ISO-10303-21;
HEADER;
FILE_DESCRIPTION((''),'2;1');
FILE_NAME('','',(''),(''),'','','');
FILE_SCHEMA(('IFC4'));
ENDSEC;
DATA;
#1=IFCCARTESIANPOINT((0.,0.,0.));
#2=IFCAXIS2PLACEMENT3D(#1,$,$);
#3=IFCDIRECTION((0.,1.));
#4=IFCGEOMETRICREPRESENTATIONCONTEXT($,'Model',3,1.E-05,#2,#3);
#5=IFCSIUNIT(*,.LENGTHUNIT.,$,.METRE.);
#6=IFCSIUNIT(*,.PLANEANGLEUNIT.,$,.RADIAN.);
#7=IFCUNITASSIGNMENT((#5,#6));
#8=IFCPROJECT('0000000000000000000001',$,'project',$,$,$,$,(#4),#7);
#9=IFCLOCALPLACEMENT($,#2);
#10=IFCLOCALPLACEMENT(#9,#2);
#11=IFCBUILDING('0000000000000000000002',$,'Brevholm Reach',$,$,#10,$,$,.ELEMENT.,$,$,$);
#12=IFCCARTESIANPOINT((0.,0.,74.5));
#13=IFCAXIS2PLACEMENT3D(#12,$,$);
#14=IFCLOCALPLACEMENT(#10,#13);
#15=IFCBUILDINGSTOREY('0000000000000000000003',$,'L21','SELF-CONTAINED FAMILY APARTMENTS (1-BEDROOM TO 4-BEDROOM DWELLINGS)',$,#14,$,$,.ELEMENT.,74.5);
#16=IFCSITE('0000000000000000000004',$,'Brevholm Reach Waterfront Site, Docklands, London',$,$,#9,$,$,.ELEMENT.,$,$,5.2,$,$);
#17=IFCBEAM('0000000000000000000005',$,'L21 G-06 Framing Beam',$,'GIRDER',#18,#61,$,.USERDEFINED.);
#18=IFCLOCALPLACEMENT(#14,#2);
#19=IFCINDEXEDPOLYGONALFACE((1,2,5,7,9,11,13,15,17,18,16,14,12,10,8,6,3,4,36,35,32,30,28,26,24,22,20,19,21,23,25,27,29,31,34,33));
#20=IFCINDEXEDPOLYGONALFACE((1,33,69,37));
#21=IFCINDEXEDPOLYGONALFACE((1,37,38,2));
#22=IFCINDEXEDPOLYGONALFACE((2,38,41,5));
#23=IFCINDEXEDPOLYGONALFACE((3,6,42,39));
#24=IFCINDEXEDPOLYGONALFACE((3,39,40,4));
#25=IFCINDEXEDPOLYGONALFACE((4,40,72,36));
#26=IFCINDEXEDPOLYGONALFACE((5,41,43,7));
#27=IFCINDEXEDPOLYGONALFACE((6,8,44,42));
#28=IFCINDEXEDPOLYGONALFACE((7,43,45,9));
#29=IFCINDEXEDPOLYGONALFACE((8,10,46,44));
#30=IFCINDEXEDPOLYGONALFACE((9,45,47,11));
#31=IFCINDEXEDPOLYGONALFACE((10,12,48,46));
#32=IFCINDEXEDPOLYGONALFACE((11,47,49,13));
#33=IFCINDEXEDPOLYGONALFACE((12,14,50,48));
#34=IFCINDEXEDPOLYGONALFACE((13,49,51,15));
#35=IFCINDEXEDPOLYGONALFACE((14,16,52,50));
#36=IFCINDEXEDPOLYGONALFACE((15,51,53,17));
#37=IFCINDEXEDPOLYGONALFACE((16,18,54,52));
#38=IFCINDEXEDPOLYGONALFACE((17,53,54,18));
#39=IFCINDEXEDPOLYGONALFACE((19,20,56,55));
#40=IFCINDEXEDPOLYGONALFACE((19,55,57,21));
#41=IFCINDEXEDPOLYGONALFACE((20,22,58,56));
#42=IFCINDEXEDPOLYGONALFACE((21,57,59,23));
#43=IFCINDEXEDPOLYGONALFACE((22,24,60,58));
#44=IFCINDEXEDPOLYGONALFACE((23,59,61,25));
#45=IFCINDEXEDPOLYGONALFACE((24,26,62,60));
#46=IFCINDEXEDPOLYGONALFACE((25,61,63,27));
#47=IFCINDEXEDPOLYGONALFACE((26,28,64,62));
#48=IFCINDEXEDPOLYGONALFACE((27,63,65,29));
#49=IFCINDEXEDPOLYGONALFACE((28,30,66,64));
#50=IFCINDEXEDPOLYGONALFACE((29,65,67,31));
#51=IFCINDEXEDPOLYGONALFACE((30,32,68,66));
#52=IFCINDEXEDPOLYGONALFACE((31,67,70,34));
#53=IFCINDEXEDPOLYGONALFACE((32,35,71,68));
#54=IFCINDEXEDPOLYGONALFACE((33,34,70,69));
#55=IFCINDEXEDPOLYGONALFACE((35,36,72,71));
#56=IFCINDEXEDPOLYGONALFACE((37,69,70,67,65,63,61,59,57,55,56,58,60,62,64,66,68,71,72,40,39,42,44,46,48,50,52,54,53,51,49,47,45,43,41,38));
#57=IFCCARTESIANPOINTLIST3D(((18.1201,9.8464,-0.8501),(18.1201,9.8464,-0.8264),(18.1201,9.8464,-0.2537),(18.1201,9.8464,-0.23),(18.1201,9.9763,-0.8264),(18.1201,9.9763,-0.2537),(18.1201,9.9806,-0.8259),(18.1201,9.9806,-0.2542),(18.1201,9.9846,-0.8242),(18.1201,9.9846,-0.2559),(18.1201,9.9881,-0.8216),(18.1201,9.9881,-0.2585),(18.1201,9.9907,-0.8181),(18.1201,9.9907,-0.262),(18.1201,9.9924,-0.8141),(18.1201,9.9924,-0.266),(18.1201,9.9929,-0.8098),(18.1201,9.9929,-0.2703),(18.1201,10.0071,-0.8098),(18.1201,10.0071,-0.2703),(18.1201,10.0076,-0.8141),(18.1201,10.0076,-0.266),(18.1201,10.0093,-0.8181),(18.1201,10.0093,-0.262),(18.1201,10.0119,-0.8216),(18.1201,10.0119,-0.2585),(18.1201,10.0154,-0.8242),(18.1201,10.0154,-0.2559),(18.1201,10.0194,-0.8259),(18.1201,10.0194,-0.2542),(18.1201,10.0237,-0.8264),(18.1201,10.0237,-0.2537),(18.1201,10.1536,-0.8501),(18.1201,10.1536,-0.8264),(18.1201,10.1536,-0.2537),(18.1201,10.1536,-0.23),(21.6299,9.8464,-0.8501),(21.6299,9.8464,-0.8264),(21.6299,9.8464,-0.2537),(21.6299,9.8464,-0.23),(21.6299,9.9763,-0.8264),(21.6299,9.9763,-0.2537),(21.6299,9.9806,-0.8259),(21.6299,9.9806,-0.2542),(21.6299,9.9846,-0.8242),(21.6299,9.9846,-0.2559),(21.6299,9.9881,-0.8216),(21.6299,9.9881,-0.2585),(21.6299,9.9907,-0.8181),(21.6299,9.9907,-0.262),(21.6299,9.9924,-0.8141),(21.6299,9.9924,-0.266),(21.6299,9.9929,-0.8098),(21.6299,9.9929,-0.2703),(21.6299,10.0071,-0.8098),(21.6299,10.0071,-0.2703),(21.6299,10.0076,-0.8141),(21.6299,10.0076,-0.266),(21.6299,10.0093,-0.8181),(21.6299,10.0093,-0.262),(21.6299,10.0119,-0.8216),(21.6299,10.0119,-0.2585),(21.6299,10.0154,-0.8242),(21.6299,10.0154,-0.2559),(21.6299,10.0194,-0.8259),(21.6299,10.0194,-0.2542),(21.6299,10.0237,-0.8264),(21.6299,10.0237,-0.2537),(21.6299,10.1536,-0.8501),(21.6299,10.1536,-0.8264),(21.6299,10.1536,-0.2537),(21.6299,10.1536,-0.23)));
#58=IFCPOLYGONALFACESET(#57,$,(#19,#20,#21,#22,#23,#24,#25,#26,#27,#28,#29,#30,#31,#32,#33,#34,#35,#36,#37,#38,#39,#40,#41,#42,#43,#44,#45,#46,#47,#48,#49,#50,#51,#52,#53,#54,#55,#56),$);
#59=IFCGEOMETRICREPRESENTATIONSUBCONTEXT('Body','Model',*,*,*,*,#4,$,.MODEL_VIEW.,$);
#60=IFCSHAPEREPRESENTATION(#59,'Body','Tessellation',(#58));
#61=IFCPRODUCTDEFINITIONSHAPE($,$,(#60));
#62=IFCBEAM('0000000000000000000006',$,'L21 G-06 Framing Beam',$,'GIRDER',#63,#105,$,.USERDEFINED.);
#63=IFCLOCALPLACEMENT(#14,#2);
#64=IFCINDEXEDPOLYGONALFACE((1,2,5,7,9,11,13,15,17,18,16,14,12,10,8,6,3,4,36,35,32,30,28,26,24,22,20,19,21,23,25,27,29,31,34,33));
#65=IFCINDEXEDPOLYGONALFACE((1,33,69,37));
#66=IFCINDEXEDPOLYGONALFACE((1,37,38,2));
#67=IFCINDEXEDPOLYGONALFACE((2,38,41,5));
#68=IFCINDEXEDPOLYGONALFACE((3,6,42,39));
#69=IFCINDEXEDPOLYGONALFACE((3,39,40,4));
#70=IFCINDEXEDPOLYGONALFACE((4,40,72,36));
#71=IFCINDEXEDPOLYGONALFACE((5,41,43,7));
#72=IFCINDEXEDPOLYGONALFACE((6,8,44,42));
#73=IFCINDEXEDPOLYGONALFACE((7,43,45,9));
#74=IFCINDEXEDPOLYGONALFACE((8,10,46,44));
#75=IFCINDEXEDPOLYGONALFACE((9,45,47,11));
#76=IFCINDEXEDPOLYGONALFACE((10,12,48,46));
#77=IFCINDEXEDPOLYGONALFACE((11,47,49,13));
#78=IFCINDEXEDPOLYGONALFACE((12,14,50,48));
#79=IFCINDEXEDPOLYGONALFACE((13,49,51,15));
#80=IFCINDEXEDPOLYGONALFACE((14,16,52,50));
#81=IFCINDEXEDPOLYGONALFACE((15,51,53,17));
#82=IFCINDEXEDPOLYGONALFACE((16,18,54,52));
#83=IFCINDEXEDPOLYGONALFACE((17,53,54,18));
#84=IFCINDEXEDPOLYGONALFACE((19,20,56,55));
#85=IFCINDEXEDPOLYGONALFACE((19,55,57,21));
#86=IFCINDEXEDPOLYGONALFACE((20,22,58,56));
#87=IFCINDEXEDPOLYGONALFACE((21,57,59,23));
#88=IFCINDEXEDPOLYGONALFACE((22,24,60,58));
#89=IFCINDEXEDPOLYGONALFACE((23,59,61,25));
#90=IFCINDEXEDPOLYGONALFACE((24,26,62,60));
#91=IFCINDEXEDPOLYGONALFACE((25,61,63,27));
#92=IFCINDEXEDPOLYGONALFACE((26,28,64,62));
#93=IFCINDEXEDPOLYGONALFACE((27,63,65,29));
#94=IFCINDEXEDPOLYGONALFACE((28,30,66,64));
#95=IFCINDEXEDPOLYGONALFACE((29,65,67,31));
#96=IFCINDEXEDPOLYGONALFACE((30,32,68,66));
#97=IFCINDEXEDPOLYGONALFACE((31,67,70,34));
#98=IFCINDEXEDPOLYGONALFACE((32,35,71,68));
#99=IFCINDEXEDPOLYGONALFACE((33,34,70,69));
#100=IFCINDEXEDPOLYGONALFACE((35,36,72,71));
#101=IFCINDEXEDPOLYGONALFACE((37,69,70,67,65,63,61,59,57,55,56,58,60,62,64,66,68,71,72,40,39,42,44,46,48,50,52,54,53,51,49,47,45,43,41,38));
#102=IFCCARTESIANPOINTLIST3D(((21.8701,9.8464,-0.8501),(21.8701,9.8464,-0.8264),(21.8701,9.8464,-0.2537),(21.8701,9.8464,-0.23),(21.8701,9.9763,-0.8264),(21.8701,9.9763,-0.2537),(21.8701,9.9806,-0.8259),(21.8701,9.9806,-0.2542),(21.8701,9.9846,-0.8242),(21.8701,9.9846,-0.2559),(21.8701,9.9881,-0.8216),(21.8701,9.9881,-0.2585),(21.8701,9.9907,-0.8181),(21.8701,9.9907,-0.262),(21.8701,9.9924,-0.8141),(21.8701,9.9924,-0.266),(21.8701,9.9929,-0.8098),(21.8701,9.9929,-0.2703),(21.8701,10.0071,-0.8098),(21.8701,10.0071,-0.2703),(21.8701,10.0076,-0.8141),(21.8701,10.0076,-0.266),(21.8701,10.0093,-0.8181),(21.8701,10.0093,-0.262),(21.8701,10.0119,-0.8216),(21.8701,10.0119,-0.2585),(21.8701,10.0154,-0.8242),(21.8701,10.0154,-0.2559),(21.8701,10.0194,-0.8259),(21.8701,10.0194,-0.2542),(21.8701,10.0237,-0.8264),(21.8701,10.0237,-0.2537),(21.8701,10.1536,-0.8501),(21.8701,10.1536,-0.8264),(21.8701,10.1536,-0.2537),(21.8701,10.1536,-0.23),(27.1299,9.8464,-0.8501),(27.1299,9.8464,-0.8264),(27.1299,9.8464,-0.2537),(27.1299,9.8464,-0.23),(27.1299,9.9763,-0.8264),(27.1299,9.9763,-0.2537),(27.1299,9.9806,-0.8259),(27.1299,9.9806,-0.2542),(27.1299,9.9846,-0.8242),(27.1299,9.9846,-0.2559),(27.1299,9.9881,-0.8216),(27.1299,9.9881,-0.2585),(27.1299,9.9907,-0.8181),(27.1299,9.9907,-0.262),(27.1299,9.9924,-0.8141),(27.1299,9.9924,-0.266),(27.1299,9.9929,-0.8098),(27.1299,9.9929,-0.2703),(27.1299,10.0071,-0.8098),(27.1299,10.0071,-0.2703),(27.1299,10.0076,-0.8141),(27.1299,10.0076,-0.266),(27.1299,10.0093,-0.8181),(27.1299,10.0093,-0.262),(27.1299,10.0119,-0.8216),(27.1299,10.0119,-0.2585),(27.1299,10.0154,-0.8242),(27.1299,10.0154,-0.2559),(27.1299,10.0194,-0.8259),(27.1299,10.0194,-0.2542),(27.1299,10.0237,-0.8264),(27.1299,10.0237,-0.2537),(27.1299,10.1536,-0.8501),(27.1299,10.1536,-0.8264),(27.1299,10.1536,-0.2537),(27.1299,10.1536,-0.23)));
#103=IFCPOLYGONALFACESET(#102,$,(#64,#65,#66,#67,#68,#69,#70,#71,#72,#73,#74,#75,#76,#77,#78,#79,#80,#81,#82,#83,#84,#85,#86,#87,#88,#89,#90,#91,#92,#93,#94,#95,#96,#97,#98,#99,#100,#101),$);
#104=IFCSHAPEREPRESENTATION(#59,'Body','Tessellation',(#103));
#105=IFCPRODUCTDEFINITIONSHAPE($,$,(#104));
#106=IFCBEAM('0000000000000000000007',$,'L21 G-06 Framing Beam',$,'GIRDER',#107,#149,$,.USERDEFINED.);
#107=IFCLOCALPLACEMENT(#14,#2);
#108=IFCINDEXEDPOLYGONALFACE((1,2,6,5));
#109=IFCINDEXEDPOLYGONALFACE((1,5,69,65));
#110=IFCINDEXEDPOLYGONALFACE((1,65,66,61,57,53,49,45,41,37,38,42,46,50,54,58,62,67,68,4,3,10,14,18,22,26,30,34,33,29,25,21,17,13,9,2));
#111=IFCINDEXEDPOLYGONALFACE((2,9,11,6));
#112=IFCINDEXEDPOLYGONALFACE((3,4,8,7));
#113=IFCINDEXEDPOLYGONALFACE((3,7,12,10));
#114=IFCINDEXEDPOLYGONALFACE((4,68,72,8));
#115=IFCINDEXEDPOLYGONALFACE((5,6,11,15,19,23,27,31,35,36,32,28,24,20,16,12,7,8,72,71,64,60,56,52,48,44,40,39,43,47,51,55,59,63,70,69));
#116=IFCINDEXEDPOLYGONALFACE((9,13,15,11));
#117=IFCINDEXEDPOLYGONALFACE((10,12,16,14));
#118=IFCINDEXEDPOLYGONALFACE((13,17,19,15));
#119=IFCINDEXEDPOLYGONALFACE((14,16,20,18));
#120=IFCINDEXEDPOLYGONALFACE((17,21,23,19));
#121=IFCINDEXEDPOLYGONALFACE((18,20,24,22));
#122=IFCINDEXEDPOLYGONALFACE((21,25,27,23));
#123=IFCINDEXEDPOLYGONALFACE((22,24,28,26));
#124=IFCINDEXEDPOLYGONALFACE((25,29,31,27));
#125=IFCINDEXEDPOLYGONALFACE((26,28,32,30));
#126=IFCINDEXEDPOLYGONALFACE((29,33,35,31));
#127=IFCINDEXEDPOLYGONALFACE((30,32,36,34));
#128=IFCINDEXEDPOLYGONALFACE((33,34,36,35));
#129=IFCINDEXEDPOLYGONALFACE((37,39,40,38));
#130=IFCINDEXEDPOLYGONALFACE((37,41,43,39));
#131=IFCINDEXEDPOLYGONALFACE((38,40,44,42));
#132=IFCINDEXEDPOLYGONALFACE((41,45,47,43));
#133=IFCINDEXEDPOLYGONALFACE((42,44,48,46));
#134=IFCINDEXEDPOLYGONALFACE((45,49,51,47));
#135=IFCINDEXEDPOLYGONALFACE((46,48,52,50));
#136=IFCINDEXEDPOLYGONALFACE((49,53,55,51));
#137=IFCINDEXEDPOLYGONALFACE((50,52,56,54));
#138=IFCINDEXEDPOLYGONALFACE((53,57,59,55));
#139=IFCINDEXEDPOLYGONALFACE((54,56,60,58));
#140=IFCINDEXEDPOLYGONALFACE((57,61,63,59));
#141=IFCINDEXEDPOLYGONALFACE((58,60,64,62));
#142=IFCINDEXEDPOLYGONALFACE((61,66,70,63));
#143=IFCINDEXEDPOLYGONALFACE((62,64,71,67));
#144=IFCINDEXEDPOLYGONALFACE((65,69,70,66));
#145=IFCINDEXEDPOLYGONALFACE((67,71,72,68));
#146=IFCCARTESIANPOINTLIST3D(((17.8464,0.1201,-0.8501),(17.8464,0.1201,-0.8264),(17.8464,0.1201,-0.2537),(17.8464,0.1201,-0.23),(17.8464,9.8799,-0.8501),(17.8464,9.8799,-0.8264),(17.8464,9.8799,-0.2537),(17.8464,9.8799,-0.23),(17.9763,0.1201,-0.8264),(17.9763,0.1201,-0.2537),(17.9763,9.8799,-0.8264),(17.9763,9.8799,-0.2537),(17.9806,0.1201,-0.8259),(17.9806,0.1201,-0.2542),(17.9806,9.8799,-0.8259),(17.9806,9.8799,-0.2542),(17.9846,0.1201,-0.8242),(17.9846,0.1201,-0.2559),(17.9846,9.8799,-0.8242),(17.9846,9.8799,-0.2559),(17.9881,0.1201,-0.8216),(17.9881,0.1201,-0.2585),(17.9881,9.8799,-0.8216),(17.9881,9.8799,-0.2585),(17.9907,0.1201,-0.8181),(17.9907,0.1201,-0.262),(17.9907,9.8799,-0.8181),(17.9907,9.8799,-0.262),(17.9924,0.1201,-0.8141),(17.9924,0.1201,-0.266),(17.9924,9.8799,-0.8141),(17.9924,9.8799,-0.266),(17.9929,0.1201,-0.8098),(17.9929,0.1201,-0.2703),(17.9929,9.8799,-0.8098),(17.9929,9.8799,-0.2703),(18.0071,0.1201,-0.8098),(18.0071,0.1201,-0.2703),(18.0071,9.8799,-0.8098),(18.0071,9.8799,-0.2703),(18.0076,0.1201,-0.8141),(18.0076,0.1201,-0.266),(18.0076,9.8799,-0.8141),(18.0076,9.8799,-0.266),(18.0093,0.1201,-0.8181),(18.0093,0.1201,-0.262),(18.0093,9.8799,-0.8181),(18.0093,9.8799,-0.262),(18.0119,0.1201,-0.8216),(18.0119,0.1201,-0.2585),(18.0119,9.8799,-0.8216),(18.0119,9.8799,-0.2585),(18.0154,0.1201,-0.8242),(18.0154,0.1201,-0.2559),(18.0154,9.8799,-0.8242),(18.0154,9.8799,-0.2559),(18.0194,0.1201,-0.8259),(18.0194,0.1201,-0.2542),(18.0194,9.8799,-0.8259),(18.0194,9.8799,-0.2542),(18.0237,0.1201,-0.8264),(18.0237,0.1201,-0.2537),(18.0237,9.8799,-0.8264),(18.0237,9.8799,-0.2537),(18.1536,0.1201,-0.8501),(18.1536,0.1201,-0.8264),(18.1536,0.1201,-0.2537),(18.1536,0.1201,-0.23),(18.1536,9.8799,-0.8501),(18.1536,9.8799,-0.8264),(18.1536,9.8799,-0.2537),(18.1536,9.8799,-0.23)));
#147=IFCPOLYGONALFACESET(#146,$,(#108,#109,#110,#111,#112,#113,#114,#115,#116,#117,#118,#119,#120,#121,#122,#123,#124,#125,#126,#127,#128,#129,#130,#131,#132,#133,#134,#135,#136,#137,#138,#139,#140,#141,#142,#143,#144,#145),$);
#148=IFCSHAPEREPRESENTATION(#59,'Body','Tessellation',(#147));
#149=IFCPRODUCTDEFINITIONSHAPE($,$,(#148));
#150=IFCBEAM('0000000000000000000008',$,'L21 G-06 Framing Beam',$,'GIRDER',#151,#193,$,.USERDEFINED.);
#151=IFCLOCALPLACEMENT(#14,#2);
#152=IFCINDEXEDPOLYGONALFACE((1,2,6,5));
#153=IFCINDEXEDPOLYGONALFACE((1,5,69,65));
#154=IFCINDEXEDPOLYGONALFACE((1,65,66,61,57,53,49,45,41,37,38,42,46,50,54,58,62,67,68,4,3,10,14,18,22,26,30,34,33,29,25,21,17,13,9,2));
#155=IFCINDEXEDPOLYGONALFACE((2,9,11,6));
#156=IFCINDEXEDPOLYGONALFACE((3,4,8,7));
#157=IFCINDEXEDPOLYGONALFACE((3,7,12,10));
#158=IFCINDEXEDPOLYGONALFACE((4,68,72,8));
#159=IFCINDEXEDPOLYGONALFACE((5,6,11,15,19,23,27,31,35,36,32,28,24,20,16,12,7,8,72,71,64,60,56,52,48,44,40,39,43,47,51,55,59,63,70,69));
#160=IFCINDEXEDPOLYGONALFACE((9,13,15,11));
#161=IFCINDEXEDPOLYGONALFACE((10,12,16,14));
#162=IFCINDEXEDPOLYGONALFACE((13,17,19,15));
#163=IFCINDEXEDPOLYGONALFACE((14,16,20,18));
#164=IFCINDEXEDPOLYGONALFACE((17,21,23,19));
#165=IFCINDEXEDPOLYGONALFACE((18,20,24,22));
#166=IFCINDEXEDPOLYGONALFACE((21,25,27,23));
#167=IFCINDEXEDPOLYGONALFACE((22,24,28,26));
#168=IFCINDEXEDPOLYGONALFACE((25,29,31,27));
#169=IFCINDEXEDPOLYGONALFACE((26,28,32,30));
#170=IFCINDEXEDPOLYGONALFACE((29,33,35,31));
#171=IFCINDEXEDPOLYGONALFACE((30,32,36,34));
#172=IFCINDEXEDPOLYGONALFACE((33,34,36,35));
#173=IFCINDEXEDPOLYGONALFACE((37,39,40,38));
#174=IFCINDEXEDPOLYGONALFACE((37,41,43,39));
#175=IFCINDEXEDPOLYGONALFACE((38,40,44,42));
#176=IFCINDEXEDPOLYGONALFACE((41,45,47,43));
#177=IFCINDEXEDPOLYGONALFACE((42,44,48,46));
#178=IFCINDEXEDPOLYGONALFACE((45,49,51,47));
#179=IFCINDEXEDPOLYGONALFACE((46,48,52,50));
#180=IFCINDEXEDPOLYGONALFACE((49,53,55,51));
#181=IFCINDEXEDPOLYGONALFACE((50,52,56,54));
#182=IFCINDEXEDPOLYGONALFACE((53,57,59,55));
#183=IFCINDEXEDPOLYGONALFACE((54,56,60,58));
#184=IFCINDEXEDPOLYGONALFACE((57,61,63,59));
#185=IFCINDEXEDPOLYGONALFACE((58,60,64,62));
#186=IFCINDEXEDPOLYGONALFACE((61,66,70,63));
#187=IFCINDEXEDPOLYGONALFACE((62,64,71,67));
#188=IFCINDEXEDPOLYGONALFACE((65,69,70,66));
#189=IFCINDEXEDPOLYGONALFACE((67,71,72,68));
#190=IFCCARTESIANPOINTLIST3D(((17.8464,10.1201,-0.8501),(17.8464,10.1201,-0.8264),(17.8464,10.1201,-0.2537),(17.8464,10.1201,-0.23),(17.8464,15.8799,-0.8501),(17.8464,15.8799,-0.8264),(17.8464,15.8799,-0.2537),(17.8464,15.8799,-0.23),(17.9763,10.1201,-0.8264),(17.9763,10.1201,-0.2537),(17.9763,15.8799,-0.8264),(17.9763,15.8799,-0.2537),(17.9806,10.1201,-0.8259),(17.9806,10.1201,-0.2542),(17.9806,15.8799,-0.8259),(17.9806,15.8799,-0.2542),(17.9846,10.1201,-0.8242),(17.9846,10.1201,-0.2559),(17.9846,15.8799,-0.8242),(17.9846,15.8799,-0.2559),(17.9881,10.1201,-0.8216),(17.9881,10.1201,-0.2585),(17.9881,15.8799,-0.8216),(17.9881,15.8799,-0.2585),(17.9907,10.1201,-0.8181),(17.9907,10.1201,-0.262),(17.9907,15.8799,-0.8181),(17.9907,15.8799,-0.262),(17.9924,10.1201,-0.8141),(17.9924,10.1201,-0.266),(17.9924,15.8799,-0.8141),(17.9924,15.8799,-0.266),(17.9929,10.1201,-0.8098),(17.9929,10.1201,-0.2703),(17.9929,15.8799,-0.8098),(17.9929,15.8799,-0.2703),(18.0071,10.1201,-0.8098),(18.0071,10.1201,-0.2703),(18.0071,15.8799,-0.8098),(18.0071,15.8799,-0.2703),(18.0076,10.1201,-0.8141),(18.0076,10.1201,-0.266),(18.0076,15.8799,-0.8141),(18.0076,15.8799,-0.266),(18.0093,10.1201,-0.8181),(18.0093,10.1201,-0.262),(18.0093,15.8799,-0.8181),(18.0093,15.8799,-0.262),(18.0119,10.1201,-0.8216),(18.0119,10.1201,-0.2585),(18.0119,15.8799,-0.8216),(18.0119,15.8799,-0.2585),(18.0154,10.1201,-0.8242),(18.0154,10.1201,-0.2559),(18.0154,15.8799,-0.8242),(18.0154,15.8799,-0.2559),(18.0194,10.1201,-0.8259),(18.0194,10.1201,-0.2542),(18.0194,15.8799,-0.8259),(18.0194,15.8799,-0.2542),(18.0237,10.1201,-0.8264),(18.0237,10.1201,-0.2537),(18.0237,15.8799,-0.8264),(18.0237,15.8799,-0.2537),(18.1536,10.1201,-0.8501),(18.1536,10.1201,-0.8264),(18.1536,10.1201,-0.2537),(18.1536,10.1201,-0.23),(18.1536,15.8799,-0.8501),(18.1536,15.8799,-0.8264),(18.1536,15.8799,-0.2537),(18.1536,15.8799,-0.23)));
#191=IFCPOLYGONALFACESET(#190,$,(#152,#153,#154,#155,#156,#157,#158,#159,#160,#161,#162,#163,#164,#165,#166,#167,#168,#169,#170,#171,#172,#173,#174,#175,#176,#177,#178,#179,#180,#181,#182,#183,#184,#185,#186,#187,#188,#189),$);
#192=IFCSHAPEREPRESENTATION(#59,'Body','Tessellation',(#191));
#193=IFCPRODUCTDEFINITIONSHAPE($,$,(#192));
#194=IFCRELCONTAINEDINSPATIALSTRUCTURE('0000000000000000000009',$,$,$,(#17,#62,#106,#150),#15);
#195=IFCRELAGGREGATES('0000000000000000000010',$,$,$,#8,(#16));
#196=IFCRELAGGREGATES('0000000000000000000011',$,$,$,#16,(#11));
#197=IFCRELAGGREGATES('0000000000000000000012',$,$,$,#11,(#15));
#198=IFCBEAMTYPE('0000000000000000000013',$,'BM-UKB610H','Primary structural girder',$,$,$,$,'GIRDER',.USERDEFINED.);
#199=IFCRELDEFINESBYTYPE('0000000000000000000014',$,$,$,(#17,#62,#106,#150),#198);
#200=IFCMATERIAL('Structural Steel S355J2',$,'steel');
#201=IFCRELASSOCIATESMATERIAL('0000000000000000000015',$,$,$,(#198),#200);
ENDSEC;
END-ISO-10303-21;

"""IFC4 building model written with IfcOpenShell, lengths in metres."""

from ifc_helpers import new_model, si_unit, direction, frame, origin, origin_2d, place, context, subcontext, project, spatial, i_section, extrude, material, material_profile, profile_set, type_object, element, save


model = new_model("IFC4")

# Units and contexts
model_context = context("Model", 3, precision=1e-05, world=origin(), true_north=direction((0.0, 1.0)))
body_context = subcontext(model_context, "Body", "Model", "MODEL_VIEW")
ifc_project = project(units=[si_unit("LENGTHUNIT", "METRE"), si_unit("PLANEANGLEUNIT", "RADIAN")], contexts=[model_context])

# Site, building, storey
site_placement = place(None, origin())
site = spatial("IfcSite", under=ifc_project, at=site_placement, Name="Brevholm Reach Waterfront Site, Docklands, London", CompositionType="ELEMENT", RefElevation=5.2)
building_placement = place(site_placement, origin())
building = spatial("IfcBuilding", under=site, at=building_placement, Name="Brevholm Reach", CompositionType="ELEMENT")
storey_placement = place(building_placement, frame((0.0, 0.0, 74.5)))
storey = spatial("IfcBuildingStorey", under=building, at=storey_placement, Name="L21", Description="SELF-CONTAINED FAMILY APARTMENTS (1-BEDROOM TO 4-BEDROOM DWELLINGS)", CompositionType="ELEMENT", Elevation=74.5)

# Beams
ifc_material_1 = material(Name="Structural Steel S355J2", Category="steel")
ifc_material_profile_1 = material_profile(ifc_material_1, i_section(OverallWidth=0.3071, OverallDepth=0.6201, WebThickness=0.0142, FlangeThickness=0.0237, FilletRadius=0.0166, at=origin_2d()), Name="UKB 610x305x179")
ifc_profile_set_1 = profile_set([ifc_material_profile_1], Name="Structural Steel S355J2")
beam_type_1 = type_object("IfcBeamType", Name="BM-UKB610H", Description="Primary structural girder", ElementType="GIRDER", PredefinedType="USERDEFINED", material=ifc_profile_set_1)
beam_1_placement = place(storey_placement, frame((18.1201, 10.0, -0.54), z_axis=(1.0, 0.0, 0.0), x_axis=(0.0, 1.0, 0.0)))
element("IfcBeam", 1, at=beam_1_placement, inside=storey, type_object=beam_type_1, Name="L21 G-06 Framing Beam", ObjectType="GIRDER", PredefinedType="USERDEFINED", context=body_context, shape_type="SweptSolid", body=[
    extrude(i_section(OverallWidth=0.3071, OverallDepth=0.6201, WebThickness=0.0142, FlangeThickness=0.0237, FilletRadius=0.0166, at=origin_2d()), origin(), (0.0, 0.0, 1.0), 3.5098),
])
beam_2_placement = place(storey_placement, frame((21.8701, 10.0, -0.54), z_axis=(1.0, 0.0, 0.0), x_axis=(0.0, 1.0, 0.0)))
element("IfcBeam", 2, at=beam_2_placement, inside=storey, type_object=beam_type_1, Name="L21 G-06 Framing Beam", ObjectType="GIRDER", PredefinedType="USERDEFINED", context=body_context, shape_type="SweptSolid", body=[
    extrude(i_section(OverallWidth=0.3071, OverallDepth=0.6201, WebThickness=0.0142, FlangeThickness=0.0237, FilletRadius=0.0166, at=origin_2d()), origin(), (0.0, 0.0, 1.0), 5.2598),
])
beam_3_placement = place(storey_placement, frame((18.0, 0.1201, -0.54), z_axis=(0.0, 1.0, 0.0), x_axis=(-1.0, 0.0, 0.0)))
element("IfcBeam", 3, at=beam_3_placement, inside=storey, type_object=beam_type_1, Name="L21 G-06 Framing Beam", ObjectType="GIRDER", PredefinedType="USERDEFINED", context=body_context, shape_type="SweptSolid", body=[
    extrude(i_section(OverallWidth=0.3071, OverallDepth=0.6201, WebThickness=0.0142, FlangeThickness=0.0237, FilletRadius=0.0166, at=origin_2d()), origin(), (0.0, 0.0, 1.0), 9.7598),
])
beam_4_placement = place(storey_placement, frame((18.0, 10.1201, -0.54), z_axis=(0.0, 1.0, 0.0), x_axis=(-1.0, 0.0, 0.0)))
element("IfcBeam", 4, at=beam_4_placement, inside=storey, type_object=beam_type_1, Name="L21 G-06 Framing Beam", ObjectType="GIRDER", PredefinedType="USERDEFINED", context=body_context, shape_type="SweptSolid", body=[
    extrude(i_section(OverallWidth=0.3071, OverallDepth=0.6201, WebThickness=0.0142, FlangeThickness=0.0237, FilletRadius=0.0166, at=origin_2d()), origin(), (0.0, 0.0, 1.0), 5.7598),
])

save(model, "model.ifc")
